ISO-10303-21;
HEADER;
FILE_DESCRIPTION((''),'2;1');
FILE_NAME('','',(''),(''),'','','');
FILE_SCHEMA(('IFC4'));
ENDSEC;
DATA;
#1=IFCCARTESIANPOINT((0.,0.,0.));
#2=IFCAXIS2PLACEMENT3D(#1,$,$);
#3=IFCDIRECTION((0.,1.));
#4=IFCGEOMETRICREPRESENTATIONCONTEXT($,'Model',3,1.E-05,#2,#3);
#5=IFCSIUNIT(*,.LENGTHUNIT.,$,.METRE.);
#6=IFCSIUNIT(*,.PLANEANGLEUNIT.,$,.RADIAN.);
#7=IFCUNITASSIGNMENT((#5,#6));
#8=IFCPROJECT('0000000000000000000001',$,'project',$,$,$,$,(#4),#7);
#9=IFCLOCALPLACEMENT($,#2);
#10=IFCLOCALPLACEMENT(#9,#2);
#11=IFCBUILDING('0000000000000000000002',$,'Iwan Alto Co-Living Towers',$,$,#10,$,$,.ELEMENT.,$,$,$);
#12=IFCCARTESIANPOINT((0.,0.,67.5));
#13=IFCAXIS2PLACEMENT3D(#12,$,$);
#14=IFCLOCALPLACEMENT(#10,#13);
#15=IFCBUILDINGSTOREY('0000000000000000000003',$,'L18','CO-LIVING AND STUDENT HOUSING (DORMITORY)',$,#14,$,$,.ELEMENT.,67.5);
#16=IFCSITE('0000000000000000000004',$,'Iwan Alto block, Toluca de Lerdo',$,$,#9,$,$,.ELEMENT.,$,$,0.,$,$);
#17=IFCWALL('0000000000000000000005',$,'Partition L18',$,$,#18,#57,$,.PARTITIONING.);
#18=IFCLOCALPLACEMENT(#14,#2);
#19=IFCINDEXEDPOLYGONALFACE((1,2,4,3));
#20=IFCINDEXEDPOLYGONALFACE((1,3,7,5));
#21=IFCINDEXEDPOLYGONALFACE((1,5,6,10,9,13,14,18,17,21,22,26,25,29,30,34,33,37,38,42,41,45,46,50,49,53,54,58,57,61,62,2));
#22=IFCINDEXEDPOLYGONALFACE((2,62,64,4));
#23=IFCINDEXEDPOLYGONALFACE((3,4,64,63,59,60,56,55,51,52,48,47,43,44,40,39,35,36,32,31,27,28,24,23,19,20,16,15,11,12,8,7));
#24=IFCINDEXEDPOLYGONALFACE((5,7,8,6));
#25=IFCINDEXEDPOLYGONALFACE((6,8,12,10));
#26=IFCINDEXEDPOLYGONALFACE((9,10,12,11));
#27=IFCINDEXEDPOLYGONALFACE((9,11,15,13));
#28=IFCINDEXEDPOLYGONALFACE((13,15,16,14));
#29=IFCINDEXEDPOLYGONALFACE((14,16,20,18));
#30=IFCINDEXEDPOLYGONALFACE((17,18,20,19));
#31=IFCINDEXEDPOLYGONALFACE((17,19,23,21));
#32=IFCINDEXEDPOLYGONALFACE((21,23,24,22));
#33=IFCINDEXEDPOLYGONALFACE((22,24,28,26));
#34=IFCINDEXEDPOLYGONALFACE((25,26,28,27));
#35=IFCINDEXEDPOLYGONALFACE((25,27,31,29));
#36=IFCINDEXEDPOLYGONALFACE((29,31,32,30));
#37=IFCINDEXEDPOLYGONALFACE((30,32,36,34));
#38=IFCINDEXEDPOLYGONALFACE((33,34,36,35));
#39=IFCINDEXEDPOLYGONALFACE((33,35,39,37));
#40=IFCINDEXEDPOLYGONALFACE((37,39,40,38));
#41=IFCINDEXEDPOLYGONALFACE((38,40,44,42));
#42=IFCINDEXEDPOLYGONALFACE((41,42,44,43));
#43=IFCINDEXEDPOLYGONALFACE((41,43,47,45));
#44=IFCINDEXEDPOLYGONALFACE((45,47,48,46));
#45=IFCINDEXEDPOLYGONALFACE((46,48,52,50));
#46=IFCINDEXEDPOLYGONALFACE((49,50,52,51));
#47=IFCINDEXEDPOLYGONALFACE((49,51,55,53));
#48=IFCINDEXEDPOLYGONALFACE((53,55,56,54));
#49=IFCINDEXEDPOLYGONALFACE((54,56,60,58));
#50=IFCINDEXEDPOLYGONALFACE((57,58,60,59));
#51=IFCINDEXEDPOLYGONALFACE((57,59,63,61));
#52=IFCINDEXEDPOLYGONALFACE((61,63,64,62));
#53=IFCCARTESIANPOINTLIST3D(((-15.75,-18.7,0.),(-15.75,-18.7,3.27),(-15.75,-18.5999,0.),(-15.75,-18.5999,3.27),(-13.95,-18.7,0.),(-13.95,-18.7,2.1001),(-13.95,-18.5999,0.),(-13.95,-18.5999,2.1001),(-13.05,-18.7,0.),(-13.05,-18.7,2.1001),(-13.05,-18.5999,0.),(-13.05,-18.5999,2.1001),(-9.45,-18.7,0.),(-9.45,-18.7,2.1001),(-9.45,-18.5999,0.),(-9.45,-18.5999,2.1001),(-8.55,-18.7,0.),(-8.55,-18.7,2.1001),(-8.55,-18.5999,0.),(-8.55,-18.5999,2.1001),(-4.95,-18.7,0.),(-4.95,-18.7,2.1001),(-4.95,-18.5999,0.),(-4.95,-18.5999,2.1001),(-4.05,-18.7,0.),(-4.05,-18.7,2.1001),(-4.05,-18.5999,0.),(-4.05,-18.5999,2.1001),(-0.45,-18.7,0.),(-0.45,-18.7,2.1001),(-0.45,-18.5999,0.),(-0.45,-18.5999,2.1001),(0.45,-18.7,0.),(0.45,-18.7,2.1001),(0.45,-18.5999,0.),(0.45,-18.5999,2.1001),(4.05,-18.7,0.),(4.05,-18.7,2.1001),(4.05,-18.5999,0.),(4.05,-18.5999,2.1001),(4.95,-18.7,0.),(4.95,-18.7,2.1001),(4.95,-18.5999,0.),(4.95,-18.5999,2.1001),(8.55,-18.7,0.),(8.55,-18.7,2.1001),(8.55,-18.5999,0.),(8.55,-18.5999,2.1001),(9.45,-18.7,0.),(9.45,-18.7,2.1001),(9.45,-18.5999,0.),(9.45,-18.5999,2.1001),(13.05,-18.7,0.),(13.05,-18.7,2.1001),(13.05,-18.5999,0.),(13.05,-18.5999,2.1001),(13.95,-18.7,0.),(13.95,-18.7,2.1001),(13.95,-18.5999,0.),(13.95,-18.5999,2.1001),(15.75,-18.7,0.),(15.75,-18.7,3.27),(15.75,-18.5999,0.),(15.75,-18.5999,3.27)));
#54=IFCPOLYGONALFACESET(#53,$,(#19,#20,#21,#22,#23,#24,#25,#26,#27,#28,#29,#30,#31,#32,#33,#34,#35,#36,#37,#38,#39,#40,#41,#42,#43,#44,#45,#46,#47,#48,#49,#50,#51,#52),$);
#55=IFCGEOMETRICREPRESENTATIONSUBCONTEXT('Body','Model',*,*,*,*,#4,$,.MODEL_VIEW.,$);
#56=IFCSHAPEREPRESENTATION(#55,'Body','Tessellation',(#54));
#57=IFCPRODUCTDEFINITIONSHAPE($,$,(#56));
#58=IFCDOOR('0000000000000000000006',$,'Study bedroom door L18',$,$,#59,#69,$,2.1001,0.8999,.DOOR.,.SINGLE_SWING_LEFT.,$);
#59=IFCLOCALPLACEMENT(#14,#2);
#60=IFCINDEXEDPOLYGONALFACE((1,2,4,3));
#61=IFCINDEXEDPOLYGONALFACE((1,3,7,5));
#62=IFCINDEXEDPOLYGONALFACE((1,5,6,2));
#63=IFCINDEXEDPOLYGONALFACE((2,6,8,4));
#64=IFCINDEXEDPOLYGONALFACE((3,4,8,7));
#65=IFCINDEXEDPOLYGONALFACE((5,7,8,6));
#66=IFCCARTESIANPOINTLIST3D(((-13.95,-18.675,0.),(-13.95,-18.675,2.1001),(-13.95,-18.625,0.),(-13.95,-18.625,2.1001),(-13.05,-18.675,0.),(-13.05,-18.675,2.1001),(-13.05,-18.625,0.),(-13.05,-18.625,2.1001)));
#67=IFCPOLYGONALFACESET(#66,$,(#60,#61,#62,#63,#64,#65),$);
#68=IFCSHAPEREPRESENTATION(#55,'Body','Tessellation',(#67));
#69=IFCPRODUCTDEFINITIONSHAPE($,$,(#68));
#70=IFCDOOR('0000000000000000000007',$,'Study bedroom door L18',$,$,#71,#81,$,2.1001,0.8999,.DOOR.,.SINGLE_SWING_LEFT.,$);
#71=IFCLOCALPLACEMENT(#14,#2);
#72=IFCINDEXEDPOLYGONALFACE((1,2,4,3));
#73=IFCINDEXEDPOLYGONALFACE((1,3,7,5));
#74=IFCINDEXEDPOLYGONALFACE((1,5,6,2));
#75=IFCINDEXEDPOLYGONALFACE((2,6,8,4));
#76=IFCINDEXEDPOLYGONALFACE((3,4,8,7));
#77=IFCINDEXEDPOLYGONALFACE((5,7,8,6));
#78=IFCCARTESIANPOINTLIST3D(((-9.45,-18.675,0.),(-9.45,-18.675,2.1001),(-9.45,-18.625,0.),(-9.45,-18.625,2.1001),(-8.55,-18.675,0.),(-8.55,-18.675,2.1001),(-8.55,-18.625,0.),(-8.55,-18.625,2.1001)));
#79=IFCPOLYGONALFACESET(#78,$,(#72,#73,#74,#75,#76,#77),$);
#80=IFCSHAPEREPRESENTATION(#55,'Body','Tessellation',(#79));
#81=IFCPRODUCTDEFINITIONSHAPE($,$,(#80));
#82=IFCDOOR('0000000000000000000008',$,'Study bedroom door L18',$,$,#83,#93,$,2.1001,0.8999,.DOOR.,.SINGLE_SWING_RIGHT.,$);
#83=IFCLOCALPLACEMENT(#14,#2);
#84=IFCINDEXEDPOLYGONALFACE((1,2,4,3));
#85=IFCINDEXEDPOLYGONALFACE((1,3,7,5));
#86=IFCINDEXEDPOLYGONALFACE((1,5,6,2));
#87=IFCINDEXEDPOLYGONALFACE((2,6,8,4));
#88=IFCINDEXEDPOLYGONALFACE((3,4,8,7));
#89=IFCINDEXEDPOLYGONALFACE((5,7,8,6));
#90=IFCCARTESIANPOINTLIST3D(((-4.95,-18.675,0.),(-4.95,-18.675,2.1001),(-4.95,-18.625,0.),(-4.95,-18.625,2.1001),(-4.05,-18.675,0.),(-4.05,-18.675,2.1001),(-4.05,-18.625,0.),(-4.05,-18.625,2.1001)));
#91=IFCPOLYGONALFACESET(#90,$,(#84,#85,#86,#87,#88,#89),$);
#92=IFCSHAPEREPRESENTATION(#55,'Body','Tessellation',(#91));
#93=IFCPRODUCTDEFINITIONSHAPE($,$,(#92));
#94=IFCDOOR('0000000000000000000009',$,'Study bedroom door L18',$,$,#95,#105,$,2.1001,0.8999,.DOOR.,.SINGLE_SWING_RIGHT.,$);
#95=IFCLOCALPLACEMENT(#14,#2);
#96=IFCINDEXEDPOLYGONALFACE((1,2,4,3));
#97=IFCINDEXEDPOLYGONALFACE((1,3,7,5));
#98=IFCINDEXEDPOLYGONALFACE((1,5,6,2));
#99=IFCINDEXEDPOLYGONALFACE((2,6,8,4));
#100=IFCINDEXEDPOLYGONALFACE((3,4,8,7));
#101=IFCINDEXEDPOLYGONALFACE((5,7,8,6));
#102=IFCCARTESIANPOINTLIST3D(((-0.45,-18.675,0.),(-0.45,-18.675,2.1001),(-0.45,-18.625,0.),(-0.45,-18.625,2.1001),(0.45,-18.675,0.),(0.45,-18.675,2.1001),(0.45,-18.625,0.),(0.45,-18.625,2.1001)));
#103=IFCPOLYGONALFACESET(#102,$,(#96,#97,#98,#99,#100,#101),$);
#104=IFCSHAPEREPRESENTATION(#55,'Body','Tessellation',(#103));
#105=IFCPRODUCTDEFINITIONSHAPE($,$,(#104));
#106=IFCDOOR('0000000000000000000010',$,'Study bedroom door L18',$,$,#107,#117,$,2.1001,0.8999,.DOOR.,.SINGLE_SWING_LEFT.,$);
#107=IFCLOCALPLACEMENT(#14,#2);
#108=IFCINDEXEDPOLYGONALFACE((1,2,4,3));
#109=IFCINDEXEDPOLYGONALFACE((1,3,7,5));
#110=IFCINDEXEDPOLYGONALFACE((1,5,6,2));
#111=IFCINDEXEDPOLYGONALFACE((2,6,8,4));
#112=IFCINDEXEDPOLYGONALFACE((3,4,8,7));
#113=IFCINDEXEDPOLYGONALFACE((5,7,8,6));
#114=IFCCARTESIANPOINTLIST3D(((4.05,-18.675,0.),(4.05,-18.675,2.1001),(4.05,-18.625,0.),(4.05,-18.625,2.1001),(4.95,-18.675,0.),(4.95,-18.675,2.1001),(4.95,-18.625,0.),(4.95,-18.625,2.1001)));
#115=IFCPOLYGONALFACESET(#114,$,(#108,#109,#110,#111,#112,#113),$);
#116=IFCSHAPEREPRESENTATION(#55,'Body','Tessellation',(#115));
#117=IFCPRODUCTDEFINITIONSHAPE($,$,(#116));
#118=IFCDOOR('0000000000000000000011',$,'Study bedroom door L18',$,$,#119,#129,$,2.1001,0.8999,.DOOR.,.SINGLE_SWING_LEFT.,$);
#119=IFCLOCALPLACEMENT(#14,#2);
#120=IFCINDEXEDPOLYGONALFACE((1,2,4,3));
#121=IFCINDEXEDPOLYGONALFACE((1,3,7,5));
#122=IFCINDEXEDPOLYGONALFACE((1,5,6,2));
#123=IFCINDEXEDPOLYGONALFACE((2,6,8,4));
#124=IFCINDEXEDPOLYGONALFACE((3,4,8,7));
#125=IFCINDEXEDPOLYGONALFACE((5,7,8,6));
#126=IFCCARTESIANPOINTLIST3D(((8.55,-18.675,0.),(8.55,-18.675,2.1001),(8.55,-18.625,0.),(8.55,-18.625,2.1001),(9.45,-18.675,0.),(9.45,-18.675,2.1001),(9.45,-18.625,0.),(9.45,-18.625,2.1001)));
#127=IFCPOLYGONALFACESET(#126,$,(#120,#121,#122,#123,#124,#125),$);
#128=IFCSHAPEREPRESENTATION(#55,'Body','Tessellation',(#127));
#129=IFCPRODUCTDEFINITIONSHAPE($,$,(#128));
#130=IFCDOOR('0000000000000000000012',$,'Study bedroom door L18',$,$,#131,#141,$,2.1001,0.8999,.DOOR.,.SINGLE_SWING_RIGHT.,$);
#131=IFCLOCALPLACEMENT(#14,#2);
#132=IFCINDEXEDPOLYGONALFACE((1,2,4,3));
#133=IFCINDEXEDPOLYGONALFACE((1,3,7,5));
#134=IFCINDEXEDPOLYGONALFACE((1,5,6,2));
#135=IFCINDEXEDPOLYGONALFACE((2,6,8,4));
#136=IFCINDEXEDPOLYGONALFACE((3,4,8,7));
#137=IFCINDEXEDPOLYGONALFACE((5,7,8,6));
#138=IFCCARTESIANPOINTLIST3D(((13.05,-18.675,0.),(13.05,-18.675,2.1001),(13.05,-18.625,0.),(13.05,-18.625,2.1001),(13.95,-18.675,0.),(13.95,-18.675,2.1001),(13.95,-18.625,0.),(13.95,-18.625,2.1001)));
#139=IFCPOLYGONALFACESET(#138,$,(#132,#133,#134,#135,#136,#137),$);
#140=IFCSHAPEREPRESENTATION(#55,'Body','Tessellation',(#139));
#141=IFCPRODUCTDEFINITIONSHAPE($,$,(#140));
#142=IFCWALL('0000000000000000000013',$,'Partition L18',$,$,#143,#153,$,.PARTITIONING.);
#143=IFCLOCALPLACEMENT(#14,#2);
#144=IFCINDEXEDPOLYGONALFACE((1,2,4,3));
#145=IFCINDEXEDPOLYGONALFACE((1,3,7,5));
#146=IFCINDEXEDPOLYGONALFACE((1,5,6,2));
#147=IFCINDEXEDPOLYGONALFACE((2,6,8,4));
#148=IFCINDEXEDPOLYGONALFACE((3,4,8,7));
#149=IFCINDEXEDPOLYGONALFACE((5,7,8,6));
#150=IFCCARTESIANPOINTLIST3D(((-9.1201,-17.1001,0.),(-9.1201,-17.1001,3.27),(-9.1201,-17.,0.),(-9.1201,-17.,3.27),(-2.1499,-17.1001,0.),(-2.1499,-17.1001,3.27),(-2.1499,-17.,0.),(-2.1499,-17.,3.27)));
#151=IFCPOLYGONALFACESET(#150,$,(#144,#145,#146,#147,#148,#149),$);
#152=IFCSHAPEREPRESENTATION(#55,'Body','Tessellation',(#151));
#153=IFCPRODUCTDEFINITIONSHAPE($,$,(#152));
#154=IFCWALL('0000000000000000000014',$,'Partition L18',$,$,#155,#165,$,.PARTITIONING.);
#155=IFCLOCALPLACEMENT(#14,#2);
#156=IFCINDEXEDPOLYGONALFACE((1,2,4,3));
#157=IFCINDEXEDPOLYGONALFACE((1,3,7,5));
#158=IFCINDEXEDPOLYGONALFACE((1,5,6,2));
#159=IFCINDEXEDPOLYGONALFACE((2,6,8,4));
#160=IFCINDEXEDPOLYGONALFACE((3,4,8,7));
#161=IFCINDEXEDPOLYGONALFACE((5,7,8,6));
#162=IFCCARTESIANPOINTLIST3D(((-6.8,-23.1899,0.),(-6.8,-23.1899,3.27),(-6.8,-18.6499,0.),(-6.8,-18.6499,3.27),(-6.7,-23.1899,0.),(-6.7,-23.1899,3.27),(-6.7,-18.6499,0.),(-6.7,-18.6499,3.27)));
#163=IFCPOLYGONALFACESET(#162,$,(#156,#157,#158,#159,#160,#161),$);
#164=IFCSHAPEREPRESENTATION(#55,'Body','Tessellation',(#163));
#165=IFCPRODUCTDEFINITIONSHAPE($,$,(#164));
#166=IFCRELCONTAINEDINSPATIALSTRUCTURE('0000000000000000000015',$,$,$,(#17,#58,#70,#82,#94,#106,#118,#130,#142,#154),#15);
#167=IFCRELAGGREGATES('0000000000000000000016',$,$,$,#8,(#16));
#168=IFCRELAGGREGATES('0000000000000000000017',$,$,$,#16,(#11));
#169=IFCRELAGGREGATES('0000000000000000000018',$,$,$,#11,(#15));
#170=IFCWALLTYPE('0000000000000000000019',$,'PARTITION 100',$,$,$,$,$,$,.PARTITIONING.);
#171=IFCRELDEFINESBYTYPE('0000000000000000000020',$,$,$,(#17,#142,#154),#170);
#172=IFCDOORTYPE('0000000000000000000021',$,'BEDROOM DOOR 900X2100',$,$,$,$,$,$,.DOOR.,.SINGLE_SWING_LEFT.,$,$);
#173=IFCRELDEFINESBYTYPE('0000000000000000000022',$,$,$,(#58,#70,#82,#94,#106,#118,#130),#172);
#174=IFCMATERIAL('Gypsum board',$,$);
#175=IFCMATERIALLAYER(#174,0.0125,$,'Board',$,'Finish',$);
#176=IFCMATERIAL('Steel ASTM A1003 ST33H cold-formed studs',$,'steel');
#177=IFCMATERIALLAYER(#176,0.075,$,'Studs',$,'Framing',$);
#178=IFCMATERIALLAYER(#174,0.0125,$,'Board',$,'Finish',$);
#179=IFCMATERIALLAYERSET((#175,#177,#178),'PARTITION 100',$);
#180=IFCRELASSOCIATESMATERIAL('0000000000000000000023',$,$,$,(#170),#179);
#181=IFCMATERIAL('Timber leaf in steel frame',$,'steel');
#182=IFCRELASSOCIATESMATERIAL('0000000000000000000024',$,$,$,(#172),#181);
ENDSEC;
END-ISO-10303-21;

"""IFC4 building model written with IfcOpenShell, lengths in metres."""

from ifc_helpers import new_model, si_unit, direction, frame, frame_2d, origin, place, context, subcontext, project, spatial, rectangle, extrude, material, layer, layer_set, type_object, element, fill, save


model = new_model("IFC4")

# Units and contexts
model_context = context("Model", 3, precision=1e-05, world=origin(), true_north=direction((0.0, 1.0)))
body_context = subcontext(model_context, "Body", "Model", "MODEL_VIEW")
ifc_project = project(units=[si_unit("LENGTHUNIT", "METRE"), si_unit("PLANEANGLEUNIT", "RADIAN")], contexts=[model_context])

# Site, building, storey
site_placement = place(None, origin())
site = spatial("IfcSite", under=ifc_project, at=site_placement, Name="Iwan Alto block, Toluca de Lerdo", CompositionType="ELEMENT", RefElevation=0.0)
building_placement = place(site_placement, origin())
building = spatial("IfcBuilding", under=site, at=building_placement, Name="Iwan Alto Co-Living Towers", CompositionType="ELEMENT")
storey_placement = place(building_placement, frame((0.0, 0.0, 67.5)))
storey = spatial("IfcBuildingStorey", under=building, at=storey_placement, Name="L18", Description="CO-LIVING AND STUDENT HOUSING (DORMITORY)", CompositionType="ELEMENT", Elevation=67.5)

# Wall, openings, doors
ifc_material_1 = material(Name="Gypsum board")
ifc_layer_1 = layer(ifc_material_1, 0.0125, Name="Board", Category="Finish")
ifc_material_2 = material(Name="Steel ASTM A1003 ST33H cold-formed studs", Category="steel")
ifc_layer_2 = layer(ifc_material_2, 0.075, Name="Studs", Category="Framing")
ifc_layer_3 = layer(ifc_material_1, 0.0125, Name="Board", Category="Finish")
ifc_layer_set_1 = layer_set([ifc_layer_1, ifc_layer_2, ifc_layer_3], Name="PARTITION 100")
wall_type = type_object("IfcWallType", Name="PARTITION 100", PredefinedType="PARTITIONING", material=ifc_layer_set_1)
wall_1_placement = place(storey_placement, frame((-15.75, -18.6499, 0.0), z_axis=(0.0, 0.0, 1.0), x_axis=(1.0, 0.0, 0.0)))
wall_1 = element("IfcWall", 1, at=wall_1_placement, inside=storey, type_object=wall_type, Name="Partition L18", PredefinedType="PARTITIONING", context=body_context, shape_type="SweptSolid", body=[
    extrude(rectangle(XDim=31.5, YDim=0.1001, at=frame_2d((15.75, 0.0))), origin(), (0.0, 0.0, 1.0), 3.27),
])
opening_1_placement = place(wall_1_placement, frame((1.8, 0.0, 0.0)))
opening_1 = element("IfcOpeningElement", 2, at=opening_1_placement, cuts=wall_1, PredefinedType="OPENING", context=body_context, shape_type="SweptSolid", body=[
    extrude(rectangle(XDim=0.8999, YDim=2.1001, at=frame_2d((0.45, 1.05))), frame((0.0, 0.0601, 0.0), z_axis=(0.0, -1.0, 0.0), x_axis=(1.0, 0.0, 0.0)), (0.0, 0.0, 1.0), 0.1201),
])
opening_2_placement = place(wall_1_placement, frame((6.3, 0.0, 0.0)))
opening_2 = element("IfcOpeningElement", 3, at=opening_2_placement, cuts=wall_1, PredefinedType="OPENING", context=body_context, shape_type="SweptSolid", body=[
    extrude(rectangle(XDim=0.8999, YDim=2.1001, at=frame_2d((0.45, 1.05))), frame((0.0, 0.0601, 0.0), z_axis=(0.0, -1.0, 0.0), x_axis=(1.0, 0.0, 0.0)), (0.0, 0.0, 1.0), 0.1201),
])
opening_3_placement = place(wall_1_placement, frame((10.8, 0.0, 0.0)))
opening_3 = element("IfcOpeningElement", 4, at=opening_3_placement, cuts=wall_1, PredefinedType="OPENING", context=body_context, shape_type="SweptSolid", body=[
    extrude(rectangle(XDim=0.8999, YDim=2.1001, at=frame_2d((0.45, 1.05))), frame((0.0, 0.0601, 0.0), z_axis=(0.0, -1.0, 0.0), x_axis=(1.0, 0.0, 0.0)), (0.0, 0.0, 1.0), 0.1201),
])
opening_4_placement = place(wall_1_placement, frame((15.3, 0.0, 0.0)))
opening_4 = element("IfcOpeningElement", 5, at=opening_4_placement, cuts=wall_1, PredefinedType="OPENING", context=body_context, shape_type="SweptSolid", body=[
    extrude(rectangle(XDim=0.8999, YDim=2.1001, at=frame_2d((0.45, 1.05))), frame((0.0, 0.0601, 0.0), z_axis=(0.0, -1.0, 0.0), x_axis=(1.0, 0.0, 0.0)), (0.0, 0.0, 1.0), 0.1201),
])
opening_5_placement = place(wall_1_placement, frame((19.8, 0.0, 0.0)))
opening_5 = element("IfcOpeningElement", 6, at=opening_5_placement, cuts=wall_1, PredefinedType="OPENING", context=body_context, shape_type="SweptSolid", body=[
    extrude(rectangle(XDim=0.8999, YDim=2.1001, at=frame_2d((0.45, 1.05))), frame((0.0, 0.0601, 0.0), z_axis=(0.0, -1.0, 0.0), x_axis=(1.0, 0.0, 0.0)), (0.0, 0.0, 1.0), 0.1201),
])
opening_6_placement = place(wall_1_placement, frame((24.3, 0.0, 0.0)))
opening_6 = element("IfcOpeningElement", 7, at=opening_6_placement, cuts=wall_1, PredefinedType="OPENING", context=body_context, shape_type="SweptSolid", body=[
    extrude(rectangle(XDim=0.8999, YDim=2.1001, at=frame_2d((0.45, 1.05))), frame((0.0, 0.0601, 0.0), z_axis=(0.0, -1.0, 0.0), x_axis=(1.0, 0.0, 0.0)), (0.0, 0.0, 1.0), 0.1201),
])
opening_7_placement = place(wall_1_placement, frame((28.8, 0.0, 0.0)))
opening_7 = element("IfcOpeningElement", 8, at=opening_7_placement, cuts=wall_1, PredefinedType="OPENING", context=body_context, shape_type="SweptSolid", body=[
    extrude(rectangle(XDim=0.8999, YDim=2.1001, at=frame_2d((0.45, 1.05))), frame((0.0, 0.0601, 0.0), z_axis=(0.0, -1.0, 0.0), x_axis=(1.0, 0.0, 0.0)), (0.0, 0.0, 1.0), 0.1201),
])
ifc_material_3 = material(Name="Timber leaf in steel frame", Category="steel")
door_type_1 = type_object("IfcDoorType", Name="BEDROOM DOOR 900X2100", OperationType="SINGLE_SWING_LEFT", PredefinedType="DOOR", material=ifc_material_3)
door_1_placement = place(opening_1_placement, origin())
door_1 = element("IfcDoor", 9, at=door_1_placement, inside=storey, type_object=door_type_1, Name="Study bedroom door L18", OperationType="SINGLE_SWING_LEFT", OverallHeight=2.1001, OverallWidth=0.8999, PredefinedType="DOOR", context=body_context, shape_type="SweptSolid", body=[
    extrude(rectangle(XDim=0.8999, YDim=2.1001, at=frame_2d((0.45, 1.05))), frame((0.0, 0.0249, 0.0), z_axis=(0.0, -1.0, 0.0), x_axis=(1.0, 0.0, 0.0)), (0.0, 0.0, 1.0), 0.05),
])
fill(opening_1, door_1)
door_2_placement = place(opening_2_placement, origin())
door_2 = element("IfcDoor", 10, at=door_2_placement, inside=storey, type_object=door_type_1, Name="Study bedroom door L18", OperationType="SINGLE_SWING_LEFT", OverallHeight=2.1001, OverallWidth=0.8999, PredefinedType="DOOR", context=body_context, shape_type="SweptSolid", body=[
    extrude(rectangle(XDim=0.8999, YDim=2.1001, at=frame_2d((0.45, 1.05))), frame((0.0, 0.0249, 0.0), z_axis=(0.0, -1.0, 0.0), x_axis=(1.0, 0.0, 0.0)), (0.0, 0.0, 1.0), 0.05),
])
fill(opening_2, door_2)
door_3_placement = place(opening_3_placement, origin())
door_3 = element("IfcDoor", 11, at=door_3_placement, inside=storey, type_object=door_type_1, Name="Study bedroom door L18", OperationType="SINGLE_SWING_RIGHT", OverallHeight=2.1001, OverallWidth=0.8999, PredefinedType="DOOR", context=body_context, shape_type="SweptSolid", body=[
    extrude(rectangle(XDim=0.8999, YDim=2.1001, at=frame_2d((0.45, 1.05))), frame((0.0, 0.0249, 0.0), z_axis=(0.0, -1.0, 0.0), x_axis=(1.0, 0.0, 0.0)), (0.0, 0.0, 1.0), 0.05),
])
fill(opening_3, door_3)
door_4_placement = place(opening_4_placement, origin())
door_4 = element("IfcDoor", 12, at=door_4_placement, inside=storey, type_object=door_type_1, Name="Study bedroom door L18", OperationType="SINGLE_SWING_RIGHT", OverallHeight=2.1001, OverallWidth=0.8999, PredefinedType="DOOR", context=body_context, shape_type="SweptSolid", body=[
    extrude(rectangle(XDim=0.8999, YDim=2.1001, at=frame_2d((0.45, 1.05))), frame((0.0, 0.0249, 0.0), z_axis=(0.0, -1.0, 0.0), x_axis=(1.0, 0.0, 0.0)), (0.0, 0.0, 1.0), 0.05),
])
fill(opening_4, door_4)
door_5_placement = place(opening_5_placement, origin())
door_5 = element("IfcDoor", 13, at=door_5_placement, inside=storey, type_object=door_type_1, Name="Study bedroom door L18", OperationType="SINGLE_SWING_LEFT", OverallHeight=2.1001, OverallWidth=0.8999, PredefinedType="DOOR", context=body_context, shape_type="SweptSolid", body=[
    extrude(rectangle(XDim=0.8999, YDim=2.1001, at=frame_2d((0.45, 1.05))), frame((0.0, 0.0249, 0.0), z_axis=(0.0, -1.0, 0.0), x_axis=(1.0, 0.0, 0.0)), (0.0, 0.0, 1.0), 0.05),
])
fill(opening_5, door_5)
door_6_placement = place(opening_6_placement, origin())
door_6 = element("IfcDoor", 14, at=door_6_placement, inside=storey, type_object=door_type_1, Name="Study bedroom door L18", OperationType="SINGLE_SWING_LEFT", OverallHeight=2.1001, OverallWidth=0.8999, PredefinedType="DOOR", context=body_context, shape_type="SweptSolid", body=[
    extrude(rectangle(XDim=0.8999, YDim=2.1001, at=frame_2d((0.45, 1.05))), frame((0.0, 0.0249, 0.0), z_axis=(0.0, -1.0, 0.0), x_axis=(1.0, 0.0, 0.0)), (0.0, 0.0, 1.0), 0.05),
])
fill(opening_6, door_6)
door_7_placement = place(opening_7_placement, origin())
door_7 = element("IfcDoor", 15, at=door_7_placement, inside=storey, type_object=door_type_1, Name="Study bedroom door L18", OperationType="SINGLE_SWING_RIGHT", OverallHeight=2.1001, OverallWidth=0.8999, PredefinedType="DOOR", context=body_context, shape_type="SweptSolid", body=[
    extrude(rectangle(XDim=0.8999, YDim=2.1001, at=frame_2d((0.45, 1.05))), frame((0.0, 0.0249, 0.0), z_axis=(0.0, -1.0, 0.0), x_axis=(1.0, 0.0, 0.0)), (0.0, 0.0, 1.0), 0.05),
])
fill(opening_7, door_7)

# Walls
wall_2_placement = place(storey_placement, frame((-9.1201, -17.05, 0.0), z_axis=(0.0, 0.0, 1.0), x_axis=(1.0, 0.0, 0.0)))
element("IfcWall", 16, at=wall_2_placement, inside=storey, type_object=wall_type, Name="Partition L18", PredefinedType="PARTITIONING", context=body_context, shape_type="SweptSolid", body=[
    extrude(rectangle(XDim=6.9702, YDim=0.1001, at=frame_2d((3.4851, 0.0))), origin(), (0.0, 0.0, 1.0), 3.27),
])
wall_3_placement = place(storey_placement, frame((-6.75, -23.1899, 0.0), z_axis=(0.0, 0.0, 1.0), x_axis=(0.0, 1.0, 0.0)))
element("IfcWall", 17, at=wall_3_placement, inside=storey, type_object=wall_type, Name="Partition L18", PredefinedType="PARTITIONING", context=body_context, shape_type="SweptSolid", body=[
    extrude(rectangle(XDim=4.54, YDim=0.1001, at=frame_2d((2.27, 0.0))), origin(), (0.0, 0.0, 1.0), 3.27),
])

save(model, "model.ifc")
